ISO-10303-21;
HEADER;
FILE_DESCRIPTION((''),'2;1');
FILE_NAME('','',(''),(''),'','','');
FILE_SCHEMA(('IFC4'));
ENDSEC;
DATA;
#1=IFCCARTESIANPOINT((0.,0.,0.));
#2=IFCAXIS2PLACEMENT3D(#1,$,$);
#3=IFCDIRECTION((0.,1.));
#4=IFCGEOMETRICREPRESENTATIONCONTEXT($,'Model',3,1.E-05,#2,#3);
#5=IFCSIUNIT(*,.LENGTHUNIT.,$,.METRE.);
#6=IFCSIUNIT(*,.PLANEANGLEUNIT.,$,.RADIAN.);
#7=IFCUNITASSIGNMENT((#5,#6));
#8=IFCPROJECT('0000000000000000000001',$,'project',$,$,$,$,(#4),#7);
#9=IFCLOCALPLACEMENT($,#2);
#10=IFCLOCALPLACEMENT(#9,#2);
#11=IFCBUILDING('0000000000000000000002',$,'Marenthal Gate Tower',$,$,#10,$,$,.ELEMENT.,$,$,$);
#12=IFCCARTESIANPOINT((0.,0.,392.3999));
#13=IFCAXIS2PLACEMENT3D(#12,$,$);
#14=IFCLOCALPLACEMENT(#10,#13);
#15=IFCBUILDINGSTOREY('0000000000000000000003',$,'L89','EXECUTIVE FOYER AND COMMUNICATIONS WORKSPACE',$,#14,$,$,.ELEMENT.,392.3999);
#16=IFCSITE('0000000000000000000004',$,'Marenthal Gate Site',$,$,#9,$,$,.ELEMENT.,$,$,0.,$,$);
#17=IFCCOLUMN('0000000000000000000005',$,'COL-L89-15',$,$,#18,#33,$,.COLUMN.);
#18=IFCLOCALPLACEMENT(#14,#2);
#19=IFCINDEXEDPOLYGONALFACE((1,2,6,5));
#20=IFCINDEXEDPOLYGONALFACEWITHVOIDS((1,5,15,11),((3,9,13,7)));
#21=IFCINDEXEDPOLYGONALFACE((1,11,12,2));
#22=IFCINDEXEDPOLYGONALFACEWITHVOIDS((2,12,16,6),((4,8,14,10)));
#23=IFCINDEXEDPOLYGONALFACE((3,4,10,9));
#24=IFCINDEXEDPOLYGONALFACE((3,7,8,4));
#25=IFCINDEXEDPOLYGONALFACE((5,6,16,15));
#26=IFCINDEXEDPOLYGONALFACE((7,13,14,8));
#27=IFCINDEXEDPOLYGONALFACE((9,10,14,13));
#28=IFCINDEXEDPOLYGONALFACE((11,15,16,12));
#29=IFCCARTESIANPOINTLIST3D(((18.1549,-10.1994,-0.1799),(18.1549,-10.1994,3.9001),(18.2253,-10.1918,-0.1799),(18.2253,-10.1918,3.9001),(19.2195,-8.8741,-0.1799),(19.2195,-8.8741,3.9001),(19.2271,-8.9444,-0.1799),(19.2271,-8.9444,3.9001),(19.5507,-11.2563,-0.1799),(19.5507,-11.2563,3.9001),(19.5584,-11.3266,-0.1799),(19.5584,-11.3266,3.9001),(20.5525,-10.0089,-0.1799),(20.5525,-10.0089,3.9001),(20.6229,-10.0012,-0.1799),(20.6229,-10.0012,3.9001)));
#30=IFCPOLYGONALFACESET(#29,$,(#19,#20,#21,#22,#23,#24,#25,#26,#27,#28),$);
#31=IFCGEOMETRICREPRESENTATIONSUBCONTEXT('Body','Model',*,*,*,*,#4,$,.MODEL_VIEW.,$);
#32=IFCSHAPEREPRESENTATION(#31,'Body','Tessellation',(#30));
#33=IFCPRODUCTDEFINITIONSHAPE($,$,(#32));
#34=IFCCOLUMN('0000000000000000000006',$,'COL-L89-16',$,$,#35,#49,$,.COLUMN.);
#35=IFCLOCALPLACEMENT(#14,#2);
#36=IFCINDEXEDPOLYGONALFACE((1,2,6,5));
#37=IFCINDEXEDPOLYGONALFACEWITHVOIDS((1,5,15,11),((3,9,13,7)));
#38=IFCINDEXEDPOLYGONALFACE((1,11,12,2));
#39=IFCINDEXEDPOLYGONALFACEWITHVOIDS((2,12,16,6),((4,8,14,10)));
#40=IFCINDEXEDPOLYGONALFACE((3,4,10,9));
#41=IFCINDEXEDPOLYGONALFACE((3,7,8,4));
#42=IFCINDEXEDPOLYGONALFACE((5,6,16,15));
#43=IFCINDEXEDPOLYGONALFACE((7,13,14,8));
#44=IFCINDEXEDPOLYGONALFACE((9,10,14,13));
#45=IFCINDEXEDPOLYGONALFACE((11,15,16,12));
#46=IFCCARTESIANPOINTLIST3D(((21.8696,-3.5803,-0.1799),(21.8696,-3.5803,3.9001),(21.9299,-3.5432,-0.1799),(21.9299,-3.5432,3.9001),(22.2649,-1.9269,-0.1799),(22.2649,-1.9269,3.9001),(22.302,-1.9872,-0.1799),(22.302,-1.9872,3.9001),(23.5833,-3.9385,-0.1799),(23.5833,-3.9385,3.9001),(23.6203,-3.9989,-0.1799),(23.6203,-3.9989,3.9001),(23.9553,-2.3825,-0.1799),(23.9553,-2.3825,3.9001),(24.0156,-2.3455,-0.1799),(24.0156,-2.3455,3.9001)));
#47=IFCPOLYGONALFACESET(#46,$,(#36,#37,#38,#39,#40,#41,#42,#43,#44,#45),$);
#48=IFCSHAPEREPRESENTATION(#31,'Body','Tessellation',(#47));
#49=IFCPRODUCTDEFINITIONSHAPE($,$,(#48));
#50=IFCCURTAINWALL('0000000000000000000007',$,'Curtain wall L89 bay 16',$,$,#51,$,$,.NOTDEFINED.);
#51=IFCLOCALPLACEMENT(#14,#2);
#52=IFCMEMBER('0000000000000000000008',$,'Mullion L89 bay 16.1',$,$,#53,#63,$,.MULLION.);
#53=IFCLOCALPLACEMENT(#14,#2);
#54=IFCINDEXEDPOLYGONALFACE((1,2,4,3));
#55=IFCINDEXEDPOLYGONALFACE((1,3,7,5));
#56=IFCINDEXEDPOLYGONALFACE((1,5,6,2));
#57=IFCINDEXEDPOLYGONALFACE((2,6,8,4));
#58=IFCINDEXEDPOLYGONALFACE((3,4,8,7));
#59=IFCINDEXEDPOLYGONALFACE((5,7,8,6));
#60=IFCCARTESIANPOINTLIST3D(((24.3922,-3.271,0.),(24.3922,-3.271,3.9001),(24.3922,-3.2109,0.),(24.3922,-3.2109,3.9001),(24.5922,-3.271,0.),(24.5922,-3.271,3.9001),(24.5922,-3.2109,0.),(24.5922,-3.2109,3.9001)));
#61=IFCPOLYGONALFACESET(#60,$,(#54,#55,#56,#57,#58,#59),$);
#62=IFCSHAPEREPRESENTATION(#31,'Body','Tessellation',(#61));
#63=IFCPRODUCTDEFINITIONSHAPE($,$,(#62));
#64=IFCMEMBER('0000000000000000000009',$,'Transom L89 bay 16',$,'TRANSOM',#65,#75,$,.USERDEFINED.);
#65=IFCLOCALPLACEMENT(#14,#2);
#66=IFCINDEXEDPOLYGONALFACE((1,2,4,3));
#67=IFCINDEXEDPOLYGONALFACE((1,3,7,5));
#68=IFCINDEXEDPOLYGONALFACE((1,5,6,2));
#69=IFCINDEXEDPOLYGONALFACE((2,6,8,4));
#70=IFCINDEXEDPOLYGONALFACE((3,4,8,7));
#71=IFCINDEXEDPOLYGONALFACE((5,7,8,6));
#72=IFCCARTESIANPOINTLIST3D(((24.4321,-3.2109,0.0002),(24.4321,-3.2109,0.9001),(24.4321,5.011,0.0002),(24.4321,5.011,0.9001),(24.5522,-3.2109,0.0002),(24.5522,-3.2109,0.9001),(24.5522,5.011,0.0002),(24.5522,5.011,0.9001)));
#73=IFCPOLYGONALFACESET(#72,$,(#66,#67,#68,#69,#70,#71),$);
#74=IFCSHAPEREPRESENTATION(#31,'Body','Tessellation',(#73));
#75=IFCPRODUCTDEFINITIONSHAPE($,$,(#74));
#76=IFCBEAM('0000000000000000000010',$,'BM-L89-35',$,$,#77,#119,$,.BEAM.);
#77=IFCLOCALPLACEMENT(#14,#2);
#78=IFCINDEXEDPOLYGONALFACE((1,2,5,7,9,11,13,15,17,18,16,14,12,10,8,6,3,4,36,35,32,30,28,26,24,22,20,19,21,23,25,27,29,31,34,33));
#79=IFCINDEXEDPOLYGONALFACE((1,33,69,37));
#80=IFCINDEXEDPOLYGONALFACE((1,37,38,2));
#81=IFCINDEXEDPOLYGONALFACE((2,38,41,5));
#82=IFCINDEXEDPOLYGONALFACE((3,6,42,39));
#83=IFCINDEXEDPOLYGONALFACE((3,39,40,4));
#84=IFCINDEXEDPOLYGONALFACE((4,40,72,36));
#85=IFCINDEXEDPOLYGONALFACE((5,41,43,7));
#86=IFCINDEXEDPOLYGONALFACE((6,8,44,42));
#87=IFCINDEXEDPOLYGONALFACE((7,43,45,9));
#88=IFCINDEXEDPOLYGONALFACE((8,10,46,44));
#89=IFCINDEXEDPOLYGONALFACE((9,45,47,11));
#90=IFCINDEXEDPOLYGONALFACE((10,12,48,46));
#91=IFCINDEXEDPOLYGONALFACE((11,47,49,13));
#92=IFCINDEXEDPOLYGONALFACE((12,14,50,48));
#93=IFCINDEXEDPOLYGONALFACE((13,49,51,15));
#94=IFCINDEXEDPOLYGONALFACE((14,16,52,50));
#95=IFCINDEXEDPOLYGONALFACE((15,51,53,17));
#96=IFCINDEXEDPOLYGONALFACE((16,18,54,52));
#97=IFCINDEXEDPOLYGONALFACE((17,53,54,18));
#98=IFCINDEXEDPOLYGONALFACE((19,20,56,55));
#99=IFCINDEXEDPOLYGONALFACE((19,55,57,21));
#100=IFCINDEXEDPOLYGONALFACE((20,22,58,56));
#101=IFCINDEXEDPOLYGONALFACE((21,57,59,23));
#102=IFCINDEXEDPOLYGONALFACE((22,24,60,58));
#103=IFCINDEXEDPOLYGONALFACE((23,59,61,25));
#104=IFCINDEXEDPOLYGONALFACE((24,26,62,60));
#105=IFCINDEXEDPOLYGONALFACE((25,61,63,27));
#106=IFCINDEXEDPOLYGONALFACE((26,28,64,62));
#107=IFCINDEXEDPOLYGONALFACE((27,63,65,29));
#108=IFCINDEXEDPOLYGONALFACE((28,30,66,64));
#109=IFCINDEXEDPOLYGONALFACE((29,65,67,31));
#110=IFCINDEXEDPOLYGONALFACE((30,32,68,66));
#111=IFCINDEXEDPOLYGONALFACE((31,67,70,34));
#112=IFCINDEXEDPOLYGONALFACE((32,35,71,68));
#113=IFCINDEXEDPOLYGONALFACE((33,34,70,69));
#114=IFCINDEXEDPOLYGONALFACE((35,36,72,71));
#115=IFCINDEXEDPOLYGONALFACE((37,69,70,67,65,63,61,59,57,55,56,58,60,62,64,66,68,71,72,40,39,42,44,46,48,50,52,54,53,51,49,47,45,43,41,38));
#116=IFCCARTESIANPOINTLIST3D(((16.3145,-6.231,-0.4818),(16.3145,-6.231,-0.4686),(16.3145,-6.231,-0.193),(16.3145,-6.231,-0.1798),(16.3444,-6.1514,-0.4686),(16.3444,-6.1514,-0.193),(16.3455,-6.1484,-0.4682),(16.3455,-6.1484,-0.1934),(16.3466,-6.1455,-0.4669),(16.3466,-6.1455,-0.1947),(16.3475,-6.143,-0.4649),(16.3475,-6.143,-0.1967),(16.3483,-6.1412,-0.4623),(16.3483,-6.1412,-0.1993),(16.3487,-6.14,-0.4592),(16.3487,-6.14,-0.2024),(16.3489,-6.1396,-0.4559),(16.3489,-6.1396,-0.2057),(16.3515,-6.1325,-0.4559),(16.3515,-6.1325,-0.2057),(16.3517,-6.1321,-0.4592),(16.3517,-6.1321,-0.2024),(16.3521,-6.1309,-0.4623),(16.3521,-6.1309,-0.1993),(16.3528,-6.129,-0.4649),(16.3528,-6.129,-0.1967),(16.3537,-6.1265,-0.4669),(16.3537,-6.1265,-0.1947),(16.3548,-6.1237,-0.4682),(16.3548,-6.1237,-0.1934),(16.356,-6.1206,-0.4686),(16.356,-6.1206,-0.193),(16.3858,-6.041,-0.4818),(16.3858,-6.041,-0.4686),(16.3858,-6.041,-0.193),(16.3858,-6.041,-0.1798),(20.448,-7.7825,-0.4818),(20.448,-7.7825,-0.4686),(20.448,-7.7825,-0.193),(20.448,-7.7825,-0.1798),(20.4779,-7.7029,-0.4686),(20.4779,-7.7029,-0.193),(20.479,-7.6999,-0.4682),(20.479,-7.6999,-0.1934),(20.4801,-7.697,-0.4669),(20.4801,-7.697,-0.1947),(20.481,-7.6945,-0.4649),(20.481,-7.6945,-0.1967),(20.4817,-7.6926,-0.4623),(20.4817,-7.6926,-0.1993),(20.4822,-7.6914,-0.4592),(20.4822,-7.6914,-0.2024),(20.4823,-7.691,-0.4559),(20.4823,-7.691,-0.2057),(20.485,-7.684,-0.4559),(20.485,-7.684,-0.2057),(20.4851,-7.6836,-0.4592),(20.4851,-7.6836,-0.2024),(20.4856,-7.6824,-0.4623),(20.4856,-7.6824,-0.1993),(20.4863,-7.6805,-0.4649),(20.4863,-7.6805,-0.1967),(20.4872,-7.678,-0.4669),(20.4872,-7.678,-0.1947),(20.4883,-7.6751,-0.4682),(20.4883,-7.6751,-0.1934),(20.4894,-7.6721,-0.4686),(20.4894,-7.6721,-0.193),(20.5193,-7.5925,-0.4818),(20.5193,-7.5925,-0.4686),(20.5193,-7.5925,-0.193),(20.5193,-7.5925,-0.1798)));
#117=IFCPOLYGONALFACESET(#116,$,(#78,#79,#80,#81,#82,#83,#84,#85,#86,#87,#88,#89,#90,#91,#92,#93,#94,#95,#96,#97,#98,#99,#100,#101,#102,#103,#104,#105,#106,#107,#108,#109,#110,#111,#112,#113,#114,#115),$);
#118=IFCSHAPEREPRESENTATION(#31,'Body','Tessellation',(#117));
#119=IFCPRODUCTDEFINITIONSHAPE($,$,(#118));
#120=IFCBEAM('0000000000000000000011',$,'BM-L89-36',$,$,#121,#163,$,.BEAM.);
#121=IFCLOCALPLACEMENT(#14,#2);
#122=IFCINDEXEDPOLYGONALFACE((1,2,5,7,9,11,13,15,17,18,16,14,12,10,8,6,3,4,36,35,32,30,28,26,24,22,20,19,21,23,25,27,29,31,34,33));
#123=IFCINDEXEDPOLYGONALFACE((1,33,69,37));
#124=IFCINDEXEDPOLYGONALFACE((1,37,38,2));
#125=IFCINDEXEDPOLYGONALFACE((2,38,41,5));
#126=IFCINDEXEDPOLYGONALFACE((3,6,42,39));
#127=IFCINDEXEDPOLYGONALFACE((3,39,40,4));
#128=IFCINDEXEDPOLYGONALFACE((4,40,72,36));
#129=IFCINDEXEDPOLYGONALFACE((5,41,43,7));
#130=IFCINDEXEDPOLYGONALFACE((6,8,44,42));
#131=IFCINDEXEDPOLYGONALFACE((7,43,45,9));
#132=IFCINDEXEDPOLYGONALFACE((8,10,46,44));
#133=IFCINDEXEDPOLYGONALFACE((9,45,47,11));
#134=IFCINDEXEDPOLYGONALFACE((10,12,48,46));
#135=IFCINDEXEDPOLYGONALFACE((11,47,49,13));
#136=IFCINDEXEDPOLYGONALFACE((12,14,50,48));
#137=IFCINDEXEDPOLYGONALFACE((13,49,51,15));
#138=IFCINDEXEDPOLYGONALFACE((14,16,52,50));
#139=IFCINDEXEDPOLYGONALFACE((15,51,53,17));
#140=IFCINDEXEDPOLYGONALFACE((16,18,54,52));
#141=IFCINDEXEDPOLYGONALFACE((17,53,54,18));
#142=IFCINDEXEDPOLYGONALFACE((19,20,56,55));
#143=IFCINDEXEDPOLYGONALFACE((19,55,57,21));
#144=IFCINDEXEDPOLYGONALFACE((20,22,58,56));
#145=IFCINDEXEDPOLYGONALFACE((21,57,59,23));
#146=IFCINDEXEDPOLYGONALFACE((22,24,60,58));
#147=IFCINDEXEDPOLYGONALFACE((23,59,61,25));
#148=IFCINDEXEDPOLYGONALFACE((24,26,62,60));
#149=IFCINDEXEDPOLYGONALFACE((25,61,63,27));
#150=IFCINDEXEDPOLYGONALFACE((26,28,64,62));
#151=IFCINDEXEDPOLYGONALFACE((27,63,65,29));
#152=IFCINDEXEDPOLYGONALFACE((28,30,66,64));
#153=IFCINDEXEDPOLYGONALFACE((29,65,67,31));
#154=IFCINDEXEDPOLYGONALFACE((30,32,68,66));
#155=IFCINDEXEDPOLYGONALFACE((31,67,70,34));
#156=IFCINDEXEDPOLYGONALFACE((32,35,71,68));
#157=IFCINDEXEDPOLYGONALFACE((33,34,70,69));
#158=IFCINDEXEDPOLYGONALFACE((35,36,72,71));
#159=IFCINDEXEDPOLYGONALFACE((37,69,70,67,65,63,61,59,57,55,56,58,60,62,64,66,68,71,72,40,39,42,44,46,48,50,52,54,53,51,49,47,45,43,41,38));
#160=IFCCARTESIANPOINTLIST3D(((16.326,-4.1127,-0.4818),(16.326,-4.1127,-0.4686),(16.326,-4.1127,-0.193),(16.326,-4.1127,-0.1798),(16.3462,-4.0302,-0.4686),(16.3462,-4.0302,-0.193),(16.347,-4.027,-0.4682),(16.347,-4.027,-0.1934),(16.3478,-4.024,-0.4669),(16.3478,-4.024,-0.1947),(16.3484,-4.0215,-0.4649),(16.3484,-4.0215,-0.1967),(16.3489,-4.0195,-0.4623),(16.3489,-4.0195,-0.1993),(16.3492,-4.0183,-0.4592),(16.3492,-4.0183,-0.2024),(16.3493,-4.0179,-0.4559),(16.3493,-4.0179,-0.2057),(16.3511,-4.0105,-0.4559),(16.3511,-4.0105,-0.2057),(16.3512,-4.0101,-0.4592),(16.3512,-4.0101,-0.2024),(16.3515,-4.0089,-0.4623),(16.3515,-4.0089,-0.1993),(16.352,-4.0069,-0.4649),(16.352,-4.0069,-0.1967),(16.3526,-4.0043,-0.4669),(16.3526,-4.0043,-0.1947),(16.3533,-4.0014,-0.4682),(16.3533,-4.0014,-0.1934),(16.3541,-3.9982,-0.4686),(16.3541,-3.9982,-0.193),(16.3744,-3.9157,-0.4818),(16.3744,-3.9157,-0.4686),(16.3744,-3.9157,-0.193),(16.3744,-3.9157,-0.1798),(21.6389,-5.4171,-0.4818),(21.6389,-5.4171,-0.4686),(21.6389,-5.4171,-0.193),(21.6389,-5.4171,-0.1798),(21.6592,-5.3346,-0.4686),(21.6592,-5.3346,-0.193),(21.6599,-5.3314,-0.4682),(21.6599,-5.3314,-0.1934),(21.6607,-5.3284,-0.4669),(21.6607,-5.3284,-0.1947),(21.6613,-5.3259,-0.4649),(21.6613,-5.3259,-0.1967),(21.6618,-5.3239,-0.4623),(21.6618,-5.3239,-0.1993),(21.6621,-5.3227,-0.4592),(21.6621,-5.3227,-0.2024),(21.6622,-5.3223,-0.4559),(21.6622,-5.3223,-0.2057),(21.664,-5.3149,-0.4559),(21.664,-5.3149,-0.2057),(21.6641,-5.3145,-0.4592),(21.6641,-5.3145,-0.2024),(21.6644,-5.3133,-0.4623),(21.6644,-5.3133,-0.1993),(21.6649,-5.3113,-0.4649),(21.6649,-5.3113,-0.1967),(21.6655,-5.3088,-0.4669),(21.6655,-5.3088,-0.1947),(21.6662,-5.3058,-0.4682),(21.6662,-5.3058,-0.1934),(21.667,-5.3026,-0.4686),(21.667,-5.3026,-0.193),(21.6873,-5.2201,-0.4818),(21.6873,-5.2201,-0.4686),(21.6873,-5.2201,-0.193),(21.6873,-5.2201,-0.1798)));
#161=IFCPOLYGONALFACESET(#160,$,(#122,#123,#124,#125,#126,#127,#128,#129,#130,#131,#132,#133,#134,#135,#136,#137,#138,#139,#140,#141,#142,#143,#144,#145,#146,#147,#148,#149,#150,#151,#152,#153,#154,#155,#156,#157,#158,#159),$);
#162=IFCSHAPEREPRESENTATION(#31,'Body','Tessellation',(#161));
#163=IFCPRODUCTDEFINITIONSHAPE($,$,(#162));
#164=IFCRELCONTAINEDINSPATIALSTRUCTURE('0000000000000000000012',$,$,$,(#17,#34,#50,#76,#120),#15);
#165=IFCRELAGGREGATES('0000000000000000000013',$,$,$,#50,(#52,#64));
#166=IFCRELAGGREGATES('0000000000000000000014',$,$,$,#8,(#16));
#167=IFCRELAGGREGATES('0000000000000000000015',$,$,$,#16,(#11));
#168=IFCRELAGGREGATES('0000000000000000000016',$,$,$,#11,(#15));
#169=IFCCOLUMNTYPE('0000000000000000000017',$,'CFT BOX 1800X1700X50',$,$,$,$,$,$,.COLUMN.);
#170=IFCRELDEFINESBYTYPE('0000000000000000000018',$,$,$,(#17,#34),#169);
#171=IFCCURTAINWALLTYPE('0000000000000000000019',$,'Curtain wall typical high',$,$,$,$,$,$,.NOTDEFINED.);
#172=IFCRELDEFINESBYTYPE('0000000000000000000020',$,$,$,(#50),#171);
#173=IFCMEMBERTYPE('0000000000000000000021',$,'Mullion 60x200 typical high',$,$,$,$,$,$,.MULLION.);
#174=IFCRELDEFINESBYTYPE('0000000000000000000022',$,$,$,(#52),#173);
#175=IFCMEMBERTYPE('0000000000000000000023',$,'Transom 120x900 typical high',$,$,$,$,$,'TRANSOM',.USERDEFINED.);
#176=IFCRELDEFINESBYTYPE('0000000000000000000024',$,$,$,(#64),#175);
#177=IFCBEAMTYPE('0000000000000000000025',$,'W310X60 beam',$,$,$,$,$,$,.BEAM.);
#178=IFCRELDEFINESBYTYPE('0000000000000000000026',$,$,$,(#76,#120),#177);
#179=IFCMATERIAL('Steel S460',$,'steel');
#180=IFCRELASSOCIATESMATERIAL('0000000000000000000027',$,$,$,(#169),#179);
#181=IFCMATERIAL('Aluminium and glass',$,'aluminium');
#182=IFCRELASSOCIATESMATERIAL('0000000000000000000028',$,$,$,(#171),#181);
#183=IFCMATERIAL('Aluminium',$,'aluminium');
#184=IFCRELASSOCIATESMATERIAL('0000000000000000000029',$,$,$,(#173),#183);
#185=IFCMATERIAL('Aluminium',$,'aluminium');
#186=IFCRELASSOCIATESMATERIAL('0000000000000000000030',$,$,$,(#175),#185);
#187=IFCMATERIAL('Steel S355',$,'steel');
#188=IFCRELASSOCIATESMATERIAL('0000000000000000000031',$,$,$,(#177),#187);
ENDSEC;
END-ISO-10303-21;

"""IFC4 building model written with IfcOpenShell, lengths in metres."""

from ifc_helpers import new_model, si_unit, direction, frame, origin, origin_2d, place, context, subcontext, project, spatial, rectangle, hollow_rectangle, i_section, extrude, material, material_profile, profile_set, type_object, element, aggregate, save


model = new_model("IFC4")

# Units and contexts
model_context = context("Model", 3, precision=1e-05, world=origin(), true_north=direction((0.0, 1.0)))
body_context = subcontext(model_context, "Body", "Model", "MODEL_VIEW")
ifc_project = project(units=[si_unit("LENGTHUNIT", "METRE"), si_unit("PLANEANGLEUNIT", "RADIAN")], contexts=[model_context])

# Site, building, storey
site_placement = place(None, origin())
site = spatial("IfcSite", under=ifc_project, at=site_placement, Name="Marenthal Gate Site", CompositionType="ELEMENT", RefElevation=0.0)
building_placement = place(site_placement, origin())
building = spatial("IfcBuilding", under=site, at=building_placement, Name="Marenthal Gate Tower", CompositionType="ELEMENT")
storey_placement = place(building_placement, frame((0.0, 0.0, 392.3999)))
storey = spatial("IfcBuildingStorey", under=building, at=storey_placement, Name="L89", Description="EXECUTIVE FOYER AND COMMUNICATIONS WORKSPACE", CompositionType="ELEMENT", Elevation=392.3999)

# Columns
ifc_material_1 = material(Name="Steel S460", Category="steel")
ifc_material_profile_1 = material_profile(ifc_material_1, hollow_rectangle(XDim=1.7, YDim=1.8, WallThickness=0.05, at=origin_2d()), Name="CFT BOX 1800X1700X50")
ifc_material_2 = material(Name="Concrete 70 MPa", Category="concrete")
ifc_material_profile_2 = material_profile(ifc_material_2, rectangle(XDim=1.6001, YDim=1.7, at=origin_2d()), Name="CFT BOX 1800X1700X50 INFILL")
ifc_profile_set_1 = profile_set([ifc_material_profile_1, ifc_material_profile_2], Name="Steel S460 shell, Concrete 70 MPa infill")
column_type = type_object("IfcColumnType", Name="CFT BOX 1800X1700X50", PredefinedType="COLUMN", material=ifc_profile_set_1)
for number, where, z_axis, x_axis, name in (
    (1, (19.3889, -10.1003, -0.1799), (0.0, 0.0, 1.0), (-0.626198, -0.779664, 0.0), "COL-L89-15"),
    (2, (22.9426, -2.9629, -0.1799), (0.0, 0.0, 1.0), (-0.232542, -0.972586, 0.0), "COL-L89-16"),
):
    element("IfcColumn", number, at=place(storey_placement, frame(where, z_axis=z_axis, x_axis=x_axis)), inside=storey, type_object=column_type, Name=name, PredefinedType="COLUMN", context=body_context, shape_type="SweptSolid", body=[
        extrude(hollow_rectangle(XDim=1.7, YDim=1.8, WallThickness=0.05, at=origin_2d()), origin(), (0.0, 0.0, 1.0), 4.0801),
    ])

# Curtain wall, members
ifc_material_3 = material(Name="Aluminium and glass", Category="aluminium")
curtain_wall_type = type_object("IfcCurtainWallType", Name="Curtain wall typical high", PredefinedType="NOTDEFINED", material=ifc_material_3)
curtain_wall_placement = place(storey_placement, origin())
curtain_wall = element("IfcCurtainWall", 3, at=curtain_wall_placement, inside=storey, type_object=curtain_wall_type, Name="Curtain wall L89 bay 16", PredefinedType="NOTDEFINED")
ifc_material_4 = material(Name="Aluminium", Category="aluminium")
ifc_material_profile_3 = material_profile(ifc_material_4, rectangle(XDim=0.2, YDim=0.0601, at=origin_2d()), Name="60x200 aluminium mullion")
ifc_profile_set_2 = profile_set([ifc_material_profile_3], Name="Aluminium")
member_type_1 = type_object("IfcMemberType", Name="Mullion 60x200 typical high", PredefinedType="MULLION", material=ifc_profile_set_2)
member_1_placement = place(storey_placement, frame((24.4922, -3.241, 0.0), z_axis=(0.0, 0.0, 1.0), x_axis=(-1.0, 0.0, 0.0)))
member_1 = element("IfcMember", 4, at=member_1_placement, type_object=member_type_1, Name="Mullion L89 bay 16.1", PredefinedType="MULLION", context=body_context, shape_type="SweptSolid", body=[
    extrude(rectangle(XDim=0.2, YDim=0.0601, at=origin_2d()), origin(), (0.0, 0.0, 1.0), 3.9001),
])
ifc_material_5 = material(Name="Aluminium", Category="aluminium")
ifc_material_profile_4 = material_profile(ifc_material_5, rectangle(XDim=0.1201, YDim=0.8999, at=origin_2d()), Name="120x900 aluminium transom")
ifc_profile_set_3 = profile_set([ifc_material_profile_4], Name="Aluminium")
member_type_2 = type_object("IfcMemberType", Name="Transom 120x900 typical high", ElementType="TRANSOM", PredefinedType="USERDEFINED", material=ifc_profile_set_3)
member_2_placement = place(storey_placement, frame((24.4922, -3.2109, 0.4502), z_axis=(0.0, 1.0, 0.0), x_axis=(-1.0, 0.0, 0.0)))
member_2 = element("IfcMember", 5, at=member_2_placement, type_object=member_type_2, Name="Transom L89 bay 16", ObjectType="TRANSOM", PredefinedType="USERDEFINED", context=body_context, shape_type="SweptSolid", body=[
    extrude(rectangle(XDim=0.1201, YDim=0.8999, at=origin_2d()), origin(), (0.0, 0.0, 1.0), 8.2219),
])

# Beams
ifc_material_6 = material(Name="Steel S355", Category="steel")
ifc_material_profile_5 = material_profile(ifc_material_6, i_section(OverallWidth=0.2029, OverallDepth=0.302, WebThickness=0.0076, FlangeThickness=0.0132, FilletRadius=0.0127, at=origin_2d()), Name="W310X60")
ifc_profile_set_4 = profile_set([ifc_material_profile_5], Name="Steel S355")
beam_type_1 = type_object("IfcBeamType", Name="W310X60 beam", PredefinedType="BEAM", material=ifc_profile_set_4)
beam_1_placement = place(storey_placement, frame((20.4836, -7.6875, -0.3308), z_axis=(-0.936222, 0.351408, 0.0), x_axis=(-0.351408, -0.936222, 0.0)))
element("IfcBeam", 6, at=beam_1_placement, inside=storey, type_object=beam_type_1, Name="BM-L89-35", PredefinedType="BEAM", context=body_context, shape_type="SweptSolid", body=[
    extrude(i_section(OverallWidth=0.2029, OverallDepth=0.302, WebThickness=0.0076, FlangeThickness=0.0132, FilletRadius=0.0127, at=origin_2d()), origin(), (0.0, 0.0, 1.0), 4.415),
])
beam_2_placement = place(storey_placement, frame((21.6631, -5.3186, -0.3308), z_axis=(-0.971158, 0.238438, 0.0), x_axis=(-0.238438, -0.971158, 0.0)))
element("IfcBeam", 7, at=beam_2_placement, inside=storey, type_object=beam_type_1, Name="BM-L89-36", PredefinedType="BEAM", context=body_context, shape_type="SweptSolid", body=[
    extrude(i_section(OverallWidth=0.2029, OverallDepth=0.302, WebThickness=0.0076, FlangeThickness=0.0132, FilletRadius=0.0127, at=origin_2d()), origin(), (0.0, 0.0, 1.0), 5.4707),
])

aggregate(curtain_wall, [member_1, member_2])

save(model, "model.ifc")
